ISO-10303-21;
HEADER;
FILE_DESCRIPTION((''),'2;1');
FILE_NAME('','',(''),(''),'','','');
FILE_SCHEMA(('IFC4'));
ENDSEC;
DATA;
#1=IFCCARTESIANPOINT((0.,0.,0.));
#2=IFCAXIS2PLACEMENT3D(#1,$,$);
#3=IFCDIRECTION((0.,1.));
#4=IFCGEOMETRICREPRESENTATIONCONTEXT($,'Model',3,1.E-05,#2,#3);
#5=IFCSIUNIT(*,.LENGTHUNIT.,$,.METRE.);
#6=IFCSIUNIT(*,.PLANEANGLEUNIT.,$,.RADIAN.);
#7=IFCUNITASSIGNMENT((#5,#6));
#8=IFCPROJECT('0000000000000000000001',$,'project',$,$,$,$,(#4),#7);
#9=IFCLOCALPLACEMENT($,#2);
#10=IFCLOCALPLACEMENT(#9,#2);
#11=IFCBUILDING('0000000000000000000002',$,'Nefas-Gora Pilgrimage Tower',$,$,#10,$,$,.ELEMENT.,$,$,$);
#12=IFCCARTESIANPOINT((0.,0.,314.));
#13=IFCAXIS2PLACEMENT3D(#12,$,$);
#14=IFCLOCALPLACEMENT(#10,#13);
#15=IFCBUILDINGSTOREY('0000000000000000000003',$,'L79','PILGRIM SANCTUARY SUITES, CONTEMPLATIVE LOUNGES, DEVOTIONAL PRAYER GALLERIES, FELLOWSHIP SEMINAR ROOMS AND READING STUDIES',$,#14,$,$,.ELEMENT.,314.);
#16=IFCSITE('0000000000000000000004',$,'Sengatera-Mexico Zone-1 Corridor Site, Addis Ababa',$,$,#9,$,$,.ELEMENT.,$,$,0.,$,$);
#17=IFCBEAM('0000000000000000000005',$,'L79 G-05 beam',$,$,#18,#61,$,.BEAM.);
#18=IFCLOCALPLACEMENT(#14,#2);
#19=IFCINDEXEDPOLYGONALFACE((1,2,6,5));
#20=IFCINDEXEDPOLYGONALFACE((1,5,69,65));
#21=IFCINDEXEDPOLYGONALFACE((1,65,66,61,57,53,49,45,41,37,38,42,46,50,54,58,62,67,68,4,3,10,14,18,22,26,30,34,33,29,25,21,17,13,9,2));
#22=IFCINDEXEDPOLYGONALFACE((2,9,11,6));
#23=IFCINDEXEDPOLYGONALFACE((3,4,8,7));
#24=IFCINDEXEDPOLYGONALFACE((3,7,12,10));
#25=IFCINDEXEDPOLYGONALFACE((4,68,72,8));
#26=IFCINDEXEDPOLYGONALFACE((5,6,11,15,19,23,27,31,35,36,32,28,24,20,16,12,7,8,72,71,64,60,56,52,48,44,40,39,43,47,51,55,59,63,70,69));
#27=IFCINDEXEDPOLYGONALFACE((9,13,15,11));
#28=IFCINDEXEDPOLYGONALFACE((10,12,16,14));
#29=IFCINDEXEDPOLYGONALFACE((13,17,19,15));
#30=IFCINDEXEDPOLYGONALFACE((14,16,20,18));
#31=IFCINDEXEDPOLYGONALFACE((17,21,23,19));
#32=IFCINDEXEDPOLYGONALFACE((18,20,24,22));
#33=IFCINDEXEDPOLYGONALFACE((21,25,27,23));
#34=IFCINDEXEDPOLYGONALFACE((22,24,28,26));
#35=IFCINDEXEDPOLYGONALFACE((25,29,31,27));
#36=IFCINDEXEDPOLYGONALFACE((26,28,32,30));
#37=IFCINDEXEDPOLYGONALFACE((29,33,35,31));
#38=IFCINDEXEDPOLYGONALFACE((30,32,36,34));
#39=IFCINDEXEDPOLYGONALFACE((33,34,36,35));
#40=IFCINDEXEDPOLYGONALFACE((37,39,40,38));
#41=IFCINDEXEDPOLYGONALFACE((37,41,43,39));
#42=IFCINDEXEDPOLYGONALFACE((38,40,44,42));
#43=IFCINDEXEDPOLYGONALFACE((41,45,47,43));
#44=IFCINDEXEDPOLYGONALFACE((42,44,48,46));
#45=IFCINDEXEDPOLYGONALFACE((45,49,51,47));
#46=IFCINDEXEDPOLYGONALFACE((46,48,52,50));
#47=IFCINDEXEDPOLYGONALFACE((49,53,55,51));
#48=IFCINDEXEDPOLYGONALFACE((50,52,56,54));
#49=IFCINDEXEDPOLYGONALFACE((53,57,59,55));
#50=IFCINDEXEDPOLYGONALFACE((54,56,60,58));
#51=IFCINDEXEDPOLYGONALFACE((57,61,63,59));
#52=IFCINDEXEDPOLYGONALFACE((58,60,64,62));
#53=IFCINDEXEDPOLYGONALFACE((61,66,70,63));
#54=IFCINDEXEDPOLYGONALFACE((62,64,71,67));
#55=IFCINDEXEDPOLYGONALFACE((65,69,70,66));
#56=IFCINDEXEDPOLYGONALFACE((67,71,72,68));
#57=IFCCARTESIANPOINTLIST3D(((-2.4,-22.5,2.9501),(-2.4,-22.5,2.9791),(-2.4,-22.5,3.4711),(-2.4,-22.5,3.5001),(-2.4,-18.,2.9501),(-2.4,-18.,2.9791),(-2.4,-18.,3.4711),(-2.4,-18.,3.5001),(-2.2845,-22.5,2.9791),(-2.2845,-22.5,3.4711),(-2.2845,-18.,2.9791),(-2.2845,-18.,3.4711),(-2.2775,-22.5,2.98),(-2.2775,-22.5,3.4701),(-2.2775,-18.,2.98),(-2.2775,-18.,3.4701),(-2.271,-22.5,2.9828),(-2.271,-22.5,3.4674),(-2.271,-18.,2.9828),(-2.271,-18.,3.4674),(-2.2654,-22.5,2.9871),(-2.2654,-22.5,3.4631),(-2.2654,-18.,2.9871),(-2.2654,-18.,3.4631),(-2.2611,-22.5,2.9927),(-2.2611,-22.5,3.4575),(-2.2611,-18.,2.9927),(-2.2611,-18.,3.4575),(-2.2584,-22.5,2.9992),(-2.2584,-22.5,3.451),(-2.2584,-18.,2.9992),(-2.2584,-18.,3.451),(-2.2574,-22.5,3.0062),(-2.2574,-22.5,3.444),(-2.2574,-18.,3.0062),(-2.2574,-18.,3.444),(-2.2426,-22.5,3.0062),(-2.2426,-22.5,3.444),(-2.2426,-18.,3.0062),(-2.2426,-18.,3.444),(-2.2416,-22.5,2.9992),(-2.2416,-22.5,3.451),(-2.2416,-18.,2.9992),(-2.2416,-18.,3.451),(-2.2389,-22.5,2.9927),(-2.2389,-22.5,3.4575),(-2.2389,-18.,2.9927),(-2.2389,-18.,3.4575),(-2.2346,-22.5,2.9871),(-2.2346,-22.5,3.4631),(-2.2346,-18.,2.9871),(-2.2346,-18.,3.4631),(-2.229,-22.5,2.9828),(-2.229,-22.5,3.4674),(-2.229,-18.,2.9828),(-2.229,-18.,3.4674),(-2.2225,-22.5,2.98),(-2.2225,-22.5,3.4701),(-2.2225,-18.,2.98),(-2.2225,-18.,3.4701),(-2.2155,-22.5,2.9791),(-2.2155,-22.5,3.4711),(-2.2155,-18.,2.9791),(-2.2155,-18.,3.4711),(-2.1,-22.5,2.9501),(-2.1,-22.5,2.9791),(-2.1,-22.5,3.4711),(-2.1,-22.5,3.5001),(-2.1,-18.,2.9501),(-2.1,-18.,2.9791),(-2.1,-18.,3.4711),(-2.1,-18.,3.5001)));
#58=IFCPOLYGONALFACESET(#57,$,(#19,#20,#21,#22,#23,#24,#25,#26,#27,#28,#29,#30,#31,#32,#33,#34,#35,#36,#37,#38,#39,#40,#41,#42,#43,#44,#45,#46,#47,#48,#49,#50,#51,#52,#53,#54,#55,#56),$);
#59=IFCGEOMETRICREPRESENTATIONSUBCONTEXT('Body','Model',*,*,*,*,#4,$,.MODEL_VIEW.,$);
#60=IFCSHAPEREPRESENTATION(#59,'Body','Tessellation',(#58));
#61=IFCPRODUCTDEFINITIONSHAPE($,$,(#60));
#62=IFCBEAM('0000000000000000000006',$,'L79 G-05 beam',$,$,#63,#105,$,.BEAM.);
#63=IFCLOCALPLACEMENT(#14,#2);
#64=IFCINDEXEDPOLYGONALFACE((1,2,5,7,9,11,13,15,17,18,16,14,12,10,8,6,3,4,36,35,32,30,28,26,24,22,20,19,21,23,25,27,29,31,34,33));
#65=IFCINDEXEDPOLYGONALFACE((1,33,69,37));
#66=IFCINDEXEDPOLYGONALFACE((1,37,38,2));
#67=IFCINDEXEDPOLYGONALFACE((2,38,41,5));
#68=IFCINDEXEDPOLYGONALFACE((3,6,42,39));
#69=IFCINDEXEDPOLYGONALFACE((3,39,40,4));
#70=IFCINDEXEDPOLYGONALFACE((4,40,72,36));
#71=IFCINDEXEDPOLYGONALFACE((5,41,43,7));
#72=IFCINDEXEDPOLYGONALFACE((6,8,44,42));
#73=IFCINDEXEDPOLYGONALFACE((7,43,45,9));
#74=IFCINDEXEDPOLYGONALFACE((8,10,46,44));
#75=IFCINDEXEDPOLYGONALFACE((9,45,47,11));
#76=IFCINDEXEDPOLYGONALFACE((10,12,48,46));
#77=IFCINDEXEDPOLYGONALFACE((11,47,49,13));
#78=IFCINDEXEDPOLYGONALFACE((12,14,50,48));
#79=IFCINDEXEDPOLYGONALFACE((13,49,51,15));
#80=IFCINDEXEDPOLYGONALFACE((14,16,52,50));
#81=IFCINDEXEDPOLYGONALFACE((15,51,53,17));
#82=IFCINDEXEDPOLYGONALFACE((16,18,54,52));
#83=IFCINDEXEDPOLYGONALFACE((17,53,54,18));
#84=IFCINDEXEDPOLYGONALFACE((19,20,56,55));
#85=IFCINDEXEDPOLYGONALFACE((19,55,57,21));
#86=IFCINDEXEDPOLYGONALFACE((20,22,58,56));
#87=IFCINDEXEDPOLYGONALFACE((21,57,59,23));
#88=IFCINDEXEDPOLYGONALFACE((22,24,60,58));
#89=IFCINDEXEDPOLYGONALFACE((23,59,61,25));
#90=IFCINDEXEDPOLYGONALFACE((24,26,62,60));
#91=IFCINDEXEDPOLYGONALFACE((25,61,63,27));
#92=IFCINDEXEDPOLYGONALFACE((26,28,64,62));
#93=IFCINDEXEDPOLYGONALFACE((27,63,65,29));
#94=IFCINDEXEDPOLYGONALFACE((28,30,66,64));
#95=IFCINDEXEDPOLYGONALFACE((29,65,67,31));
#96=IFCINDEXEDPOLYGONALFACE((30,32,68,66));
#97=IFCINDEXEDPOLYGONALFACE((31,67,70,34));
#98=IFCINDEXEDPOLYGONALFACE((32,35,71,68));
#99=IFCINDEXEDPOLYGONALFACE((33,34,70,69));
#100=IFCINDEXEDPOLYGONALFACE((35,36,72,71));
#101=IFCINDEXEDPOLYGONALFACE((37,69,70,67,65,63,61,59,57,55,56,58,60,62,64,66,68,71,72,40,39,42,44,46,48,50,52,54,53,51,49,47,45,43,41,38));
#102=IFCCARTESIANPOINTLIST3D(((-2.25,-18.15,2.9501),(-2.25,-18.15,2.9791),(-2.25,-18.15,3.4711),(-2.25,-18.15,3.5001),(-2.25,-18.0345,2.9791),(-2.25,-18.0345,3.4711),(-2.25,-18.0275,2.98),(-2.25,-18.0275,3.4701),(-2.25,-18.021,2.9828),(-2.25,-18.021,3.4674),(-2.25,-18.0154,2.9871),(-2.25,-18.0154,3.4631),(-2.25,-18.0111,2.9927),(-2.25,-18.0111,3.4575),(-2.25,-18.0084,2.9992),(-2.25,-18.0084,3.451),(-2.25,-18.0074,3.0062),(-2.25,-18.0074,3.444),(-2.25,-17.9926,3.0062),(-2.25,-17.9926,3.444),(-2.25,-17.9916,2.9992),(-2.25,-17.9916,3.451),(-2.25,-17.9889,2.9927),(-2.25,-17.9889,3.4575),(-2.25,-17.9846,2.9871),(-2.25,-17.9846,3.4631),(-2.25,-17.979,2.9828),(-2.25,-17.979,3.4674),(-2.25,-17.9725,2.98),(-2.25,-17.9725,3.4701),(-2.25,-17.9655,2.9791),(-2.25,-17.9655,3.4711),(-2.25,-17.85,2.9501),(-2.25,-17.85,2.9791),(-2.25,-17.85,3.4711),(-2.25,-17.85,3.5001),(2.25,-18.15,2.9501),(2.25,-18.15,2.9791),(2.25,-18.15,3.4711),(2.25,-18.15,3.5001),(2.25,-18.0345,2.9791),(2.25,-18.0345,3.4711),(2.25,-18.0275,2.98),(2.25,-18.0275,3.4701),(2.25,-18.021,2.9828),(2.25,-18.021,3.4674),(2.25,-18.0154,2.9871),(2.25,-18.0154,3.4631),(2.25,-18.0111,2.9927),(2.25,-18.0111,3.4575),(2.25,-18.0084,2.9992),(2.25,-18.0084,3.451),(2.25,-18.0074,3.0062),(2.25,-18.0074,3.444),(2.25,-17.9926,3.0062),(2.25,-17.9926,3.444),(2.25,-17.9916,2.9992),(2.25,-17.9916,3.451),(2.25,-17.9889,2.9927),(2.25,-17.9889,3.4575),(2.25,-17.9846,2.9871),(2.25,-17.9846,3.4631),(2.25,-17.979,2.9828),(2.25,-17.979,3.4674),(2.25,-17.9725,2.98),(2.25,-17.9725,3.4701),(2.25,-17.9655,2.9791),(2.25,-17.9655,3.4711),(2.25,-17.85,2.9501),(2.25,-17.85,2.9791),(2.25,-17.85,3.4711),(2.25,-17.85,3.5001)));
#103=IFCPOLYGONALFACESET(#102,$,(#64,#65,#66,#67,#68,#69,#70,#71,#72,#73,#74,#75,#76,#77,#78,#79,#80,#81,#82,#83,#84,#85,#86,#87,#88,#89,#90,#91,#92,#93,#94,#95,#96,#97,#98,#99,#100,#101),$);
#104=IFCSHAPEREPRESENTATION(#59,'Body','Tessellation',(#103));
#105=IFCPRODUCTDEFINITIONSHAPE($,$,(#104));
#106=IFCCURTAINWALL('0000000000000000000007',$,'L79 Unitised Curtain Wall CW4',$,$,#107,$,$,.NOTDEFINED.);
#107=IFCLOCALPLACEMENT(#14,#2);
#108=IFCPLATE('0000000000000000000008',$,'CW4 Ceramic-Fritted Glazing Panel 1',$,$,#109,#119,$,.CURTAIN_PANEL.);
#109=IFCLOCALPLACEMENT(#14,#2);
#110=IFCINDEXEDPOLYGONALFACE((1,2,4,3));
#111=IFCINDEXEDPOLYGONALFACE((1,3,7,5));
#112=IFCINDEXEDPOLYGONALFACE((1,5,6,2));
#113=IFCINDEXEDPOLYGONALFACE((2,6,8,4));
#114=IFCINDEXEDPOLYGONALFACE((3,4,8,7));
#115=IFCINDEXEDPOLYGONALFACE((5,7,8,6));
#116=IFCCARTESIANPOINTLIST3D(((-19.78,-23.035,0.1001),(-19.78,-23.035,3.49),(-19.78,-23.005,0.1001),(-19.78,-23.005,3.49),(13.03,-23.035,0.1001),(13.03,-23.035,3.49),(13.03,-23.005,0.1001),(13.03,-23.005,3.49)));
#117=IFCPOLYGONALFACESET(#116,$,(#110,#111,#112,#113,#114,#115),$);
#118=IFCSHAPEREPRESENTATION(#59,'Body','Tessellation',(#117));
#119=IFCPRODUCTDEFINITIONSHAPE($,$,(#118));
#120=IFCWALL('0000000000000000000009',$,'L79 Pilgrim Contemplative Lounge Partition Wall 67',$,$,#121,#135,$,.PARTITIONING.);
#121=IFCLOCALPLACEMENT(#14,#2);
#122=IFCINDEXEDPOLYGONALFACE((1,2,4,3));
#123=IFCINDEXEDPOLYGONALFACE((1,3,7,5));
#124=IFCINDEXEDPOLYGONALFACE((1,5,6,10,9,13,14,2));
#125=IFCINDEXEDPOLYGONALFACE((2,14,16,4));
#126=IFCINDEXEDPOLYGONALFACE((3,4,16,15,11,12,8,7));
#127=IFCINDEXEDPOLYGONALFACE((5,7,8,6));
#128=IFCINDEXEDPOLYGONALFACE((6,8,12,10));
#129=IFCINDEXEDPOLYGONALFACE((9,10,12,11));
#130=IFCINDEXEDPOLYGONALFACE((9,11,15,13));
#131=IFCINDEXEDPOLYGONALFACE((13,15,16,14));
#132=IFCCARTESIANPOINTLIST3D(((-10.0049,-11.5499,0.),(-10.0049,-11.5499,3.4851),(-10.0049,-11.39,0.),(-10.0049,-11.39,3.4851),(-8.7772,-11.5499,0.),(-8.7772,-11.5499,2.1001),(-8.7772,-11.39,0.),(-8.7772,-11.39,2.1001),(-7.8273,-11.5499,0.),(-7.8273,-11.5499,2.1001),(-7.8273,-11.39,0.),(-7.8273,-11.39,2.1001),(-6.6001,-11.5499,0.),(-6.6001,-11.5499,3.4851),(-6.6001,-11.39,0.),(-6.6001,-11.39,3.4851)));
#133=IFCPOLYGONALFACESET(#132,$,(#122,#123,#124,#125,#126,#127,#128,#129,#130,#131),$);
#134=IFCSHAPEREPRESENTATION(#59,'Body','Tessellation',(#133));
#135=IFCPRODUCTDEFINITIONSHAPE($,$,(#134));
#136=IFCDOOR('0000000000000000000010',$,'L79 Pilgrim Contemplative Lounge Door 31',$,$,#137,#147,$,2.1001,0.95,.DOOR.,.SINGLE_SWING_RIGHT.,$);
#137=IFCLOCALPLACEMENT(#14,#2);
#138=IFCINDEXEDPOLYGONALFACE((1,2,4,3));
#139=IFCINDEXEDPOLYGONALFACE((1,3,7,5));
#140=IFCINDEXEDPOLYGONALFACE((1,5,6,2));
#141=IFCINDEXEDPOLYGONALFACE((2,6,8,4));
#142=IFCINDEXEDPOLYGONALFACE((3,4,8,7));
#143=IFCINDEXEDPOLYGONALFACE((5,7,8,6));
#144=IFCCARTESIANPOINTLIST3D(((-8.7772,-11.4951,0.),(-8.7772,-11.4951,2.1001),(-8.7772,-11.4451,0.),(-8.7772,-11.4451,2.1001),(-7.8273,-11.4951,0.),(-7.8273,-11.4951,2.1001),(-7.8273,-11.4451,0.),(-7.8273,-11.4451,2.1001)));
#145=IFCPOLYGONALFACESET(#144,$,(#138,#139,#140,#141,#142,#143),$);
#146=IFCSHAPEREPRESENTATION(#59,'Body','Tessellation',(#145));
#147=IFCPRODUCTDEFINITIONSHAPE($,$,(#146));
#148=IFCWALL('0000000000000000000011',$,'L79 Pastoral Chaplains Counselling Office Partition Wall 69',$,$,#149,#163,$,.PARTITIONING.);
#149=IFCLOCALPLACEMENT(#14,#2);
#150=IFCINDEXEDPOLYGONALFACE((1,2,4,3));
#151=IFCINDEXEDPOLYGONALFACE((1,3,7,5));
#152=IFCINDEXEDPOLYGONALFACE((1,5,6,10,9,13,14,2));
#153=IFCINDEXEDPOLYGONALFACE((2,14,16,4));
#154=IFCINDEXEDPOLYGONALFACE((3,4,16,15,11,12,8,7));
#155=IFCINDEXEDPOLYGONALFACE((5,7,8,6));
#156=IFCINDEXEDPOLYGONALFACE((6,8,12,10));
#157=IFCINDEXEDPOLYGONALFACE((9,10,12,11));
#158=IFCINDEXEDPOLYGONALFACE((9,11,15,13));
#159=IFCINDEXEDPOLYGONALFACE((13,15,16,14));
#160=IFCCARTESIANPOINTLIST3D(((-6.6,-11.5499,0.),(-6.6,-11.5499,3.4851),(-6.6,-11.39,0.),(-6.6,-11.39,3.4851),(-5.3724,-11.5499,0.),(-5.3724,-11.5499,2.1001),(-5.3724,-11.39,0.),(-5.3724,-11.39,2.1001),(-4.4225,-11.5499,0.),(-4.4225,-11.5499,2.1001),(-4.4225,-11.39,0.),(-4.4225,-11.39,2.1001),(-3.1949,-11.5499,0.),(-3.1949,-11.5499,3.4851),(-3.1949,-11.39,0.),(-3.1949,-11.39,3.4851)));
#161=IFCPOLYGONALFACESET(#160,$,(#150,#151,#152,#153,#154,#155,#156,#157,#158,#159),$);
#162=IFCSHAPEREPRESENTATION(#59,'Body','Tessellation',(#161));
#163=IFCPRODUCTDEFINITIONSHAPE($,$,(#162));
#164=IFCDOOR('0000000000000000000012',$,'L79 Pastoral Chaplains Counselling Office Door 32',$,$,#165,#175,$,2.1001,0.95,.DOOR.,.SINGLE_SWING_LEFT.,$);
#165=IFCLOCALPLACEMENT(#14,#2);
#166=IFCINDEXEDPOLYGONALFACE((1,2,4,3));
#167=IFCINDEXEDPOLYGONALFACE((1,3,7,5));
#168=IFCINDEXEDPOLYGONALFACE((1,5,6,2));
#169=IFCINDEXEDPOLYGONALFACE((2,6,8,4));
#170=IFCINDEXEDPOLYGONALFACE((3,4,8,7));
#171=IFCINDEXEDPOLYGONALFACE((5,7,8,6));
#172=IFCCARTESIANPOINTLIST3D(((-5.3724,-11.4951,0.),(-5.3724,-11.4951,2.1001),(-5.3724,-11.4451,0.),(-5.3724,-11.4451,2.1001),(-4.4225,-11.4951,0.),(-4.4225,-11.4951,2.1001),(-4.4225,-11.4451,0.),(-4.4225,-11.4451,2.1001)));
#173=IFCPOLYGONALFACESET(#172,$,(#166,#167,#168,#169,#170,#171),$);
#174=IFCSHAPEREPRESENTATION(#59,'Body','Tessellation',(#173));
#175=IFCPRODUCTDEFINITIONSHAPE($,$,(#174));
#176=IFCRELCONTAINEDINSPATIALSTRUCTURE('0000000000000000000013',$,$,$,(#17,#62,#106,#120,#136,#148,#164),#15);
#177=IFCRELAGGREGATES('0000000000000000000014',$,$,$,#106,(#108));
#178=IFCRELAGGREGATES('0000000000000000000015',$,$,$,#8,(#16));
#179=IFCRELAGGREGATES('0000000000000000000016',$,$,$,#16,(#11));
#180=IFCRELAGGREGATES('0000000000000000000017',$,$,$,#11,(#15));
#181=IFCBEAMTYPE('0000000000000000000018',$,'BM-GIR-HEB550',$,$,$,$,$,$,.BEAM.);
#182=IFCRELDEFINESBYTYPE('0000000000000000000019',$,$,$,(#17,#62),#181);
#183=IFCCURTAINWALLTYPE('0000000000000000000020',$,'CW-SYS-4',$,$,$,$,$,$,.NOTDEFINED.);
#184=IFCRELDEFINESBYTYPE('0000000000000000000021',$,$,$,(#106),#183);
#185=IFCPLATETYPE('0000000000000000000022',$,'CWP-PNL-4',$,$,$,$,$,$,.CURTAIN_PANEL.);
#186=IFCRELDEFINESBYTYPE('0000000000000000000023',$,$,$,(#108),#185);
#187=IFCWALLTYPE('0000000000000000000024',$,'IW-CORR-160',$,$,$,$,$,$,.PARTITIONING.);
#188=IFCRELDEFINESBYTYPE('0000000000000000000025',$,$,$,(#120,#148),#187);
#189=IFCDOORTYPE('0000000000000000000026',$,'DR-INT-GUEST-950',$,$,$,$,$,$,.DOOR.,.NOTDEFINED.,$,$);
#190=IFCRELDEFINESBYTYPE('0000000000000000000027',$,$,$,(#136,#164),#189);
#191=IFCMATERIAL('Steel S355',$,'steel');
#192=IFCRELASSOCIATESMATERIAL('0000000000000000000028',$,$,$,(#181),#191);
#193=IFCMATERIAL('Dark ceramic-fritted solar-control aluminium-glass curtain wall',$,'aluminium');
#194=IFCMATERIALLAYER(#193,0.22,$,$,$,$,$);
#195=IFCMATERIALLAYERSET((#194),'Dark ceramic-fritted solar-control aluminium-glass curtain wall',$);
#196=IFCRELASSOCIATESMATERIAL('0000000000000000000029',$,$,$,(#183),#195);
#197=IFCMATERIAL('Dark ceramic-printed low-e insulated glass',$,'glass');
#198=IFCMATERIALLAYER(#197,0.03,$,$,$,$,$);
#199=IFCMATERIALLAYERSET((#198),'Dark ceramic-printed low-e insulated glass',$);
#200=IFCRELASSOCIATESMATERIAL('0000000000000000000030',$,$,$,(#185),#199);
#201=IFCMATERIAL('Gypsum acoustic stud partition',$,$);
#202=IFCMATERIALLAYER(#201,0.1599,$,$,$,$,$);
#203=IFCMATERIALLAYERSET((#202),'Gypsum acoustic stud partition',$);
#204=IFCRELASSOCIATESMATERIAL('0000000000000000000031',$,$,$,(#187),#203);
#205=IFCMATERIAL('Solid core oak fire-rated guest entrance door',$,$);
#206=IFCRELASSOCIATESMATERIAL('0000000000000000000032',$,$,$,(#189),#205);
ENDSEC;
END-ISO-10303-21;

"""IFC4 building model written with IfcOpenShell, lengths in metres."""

from ifc_helpers import new_model, si_unit, direction, frame, frame_2d, origin, origin_2d, place, context, subcontext, project, spatial, rectangle, i_section, extrude, source, transform, mapped, material, layer, layer_set, material_profile, profile_set, type_object, element, fill, aggregate, save


model = new_model("IFC4")

# Units and contexts
model_context = context("Model", 3, precision=1e-05, world=origin(), true_north=direction((0.0, 1.0)))
body_context = subcontext(model_context, "Body", "Model", "MODEL_VIEW")
ifc_project = project(units=[si_unit("LENGTHUNIT", "METRE"), si_unit("PLANEANGLEUNIT", "RADIAN")], contexts=[model_context])

# Site, building, storey
site_placement = place(None, origin())
site = spatial("IfcSite", under=ifc_project, at=site_placement, Name="Sengatera-Mexico Zone-1 Corridor Site, Addis Ababa", CompositionType="ELEMENT", RefElevation=0.0)
building_placement = place(site_placement, origin())
building = spatial("IfcBuilding", under=site, at=building_placement, Name="Nefas-Gora Pilgrimage Tower", CompositionType="ELEMENT")
storey_placement = place(building_placement, frame((0.0, 0.0, 314.0)))
storey = spatial("IfcBuildingStorey", under=building, at=storey_placement, Name="L79", Description="PILGRIM SANCTUARY SUITES, CONTEMPLATIVE LOUNGES, DEVOTIONAL PRAYER GALLERIES, FELLOWSHIP SEMINAR ROOMS AND READING STUDIES", CompositionType="ELEMENT", Elevation=314.0)

# Shared definitions
ifc_material_1 = material(Name="Steel S355", Category="steel")

# Beams
ifc_material_profile_1 = material_profile(ifc_material_1, i_section(OverallWidth=0.3, OverallDepth=0.55, WebThickness=0.0149, FlangeThickness=0.0291, FilletRadius=0.0271, at=origin_2d()), Name="HEB 550")
ifc_profile_set_1 = profile_set([ifc_material_profile_1], Name="Steel S355")
beam_type_1 = type_object("IfcBeamType", Name="BM-GIR-HEB550", PredefinedType="BEAM", material=ifc_profile_set_1)
shared_shape_1 = source(origin(), body_context, "Body", "SweptSolid", [
    extrude(i_section(OverallWidth=0.3, OverallDepth=0.55, WebThickness=0.0149, FlangeThickness=0.0291, FilletRadius=0.0271, at=origin_2d()), origin(), (0.0, 0.0, 1.0), 4.5),
])
for number, where, z_axis, x_axis, name in (
    (1, (-2.25, -22.5, 3.2251), (0.0, 1.0, 0.0), (-1.0, 0.0, 0.0), "L79 G-05 beam"),
    (2, (-2.25, -18.0, 3.2251), (1.0, 0.0, 0.0), (0.0, 1.0, 0.0), "L79 G-05 beam"),
):
    element("IfcBeam", number, at=place(storey_placement, frame(where, z_axis=z_axis, x_axis=x_axis)), inside=storey, type_object=beam_type_1, Name=name, PredefinedType="BEAM", context=body_context, shape_type="MappedRepresentation", body=[
        mapped(shared_shape_1, transform((0.0, 0.0, 0.0), x_axis=(1.0, 0.0, 0.0), y_axis=(0.0, 1.0, 0.0), z_axis=(0.0, 0.0, 1.0), scale=1.0)),
    ])

# Curtain wall, plate
ifc_material_2 = material(Name="Dark ceramic-fritted solar-control aluminium-glass curtain wall", Category="aluminium")
ifc_layer_1 = layer(ifc_material_2, 0.22)
ifc_layer_set_1 = layer_set([ifc_layer_1], Name="Dark ceramic-fritted solar-control aluminium-glass curtain wall")
curtain_wall_type = type_object("IfcCurtainWallType", Name="CW-SYS-4", PredefinedType="NOTDEFINED", material=ifc_layer_set_1)
curtain_wall_placement = place(storey_placement, origin())
curtain_wall = element("IfcCurtainWall", 3, at=curtain_wall_placement, inside=storey, type_object=curtain_wall_type, Name="L79 Unitised Curtain Wall CW4", PredefinedType="NOTDEFINED")
ifc_material_3 = material(Name="Dark ceramic-printed low-e insulated glass", Category="glass")
ifc_layer_2 = layer(ifc_material_3, 0.03)
ifc_layer_set_2 = layer_set([ifc_layer_2], Name="Dark ceramic-printed low-e insulated glass")
plate_type = type_object("IfcPlateType", Name="CWP-PNL-4", PredefinedType="CURTAIN_PANEL", material=ifc_layer_set_2)
shared_shape_2 = source(origin(), body_context, "Body", "SweptSolid", [
    extrude(rectangle(XDim=32.8101, YDim=0.03, at=origin_2d()), origin(), (0.0, 0.0, 1.0), 3.3899),
])
plate_placement = place(storey_placement, frame((-3.375, -23.02, 0.1001), z_axis=(0.0, 0.0, 1.0), x_axis=(1.0, 0.0, 0.0)))
plate = element("IfcPlate", 4, at=plate_placement, type_object=plate_type, Name="CW4 Ceramic-Fritted Glazing Panel 1", PredefinedType="CURTAIN_PANEL", context=body_context, shape_type="MappedRepresentation", body=[
    mapped(shared_shape_2, transform((0.0, 0.0, 0.0), x_axis=(1.0, 0.0, 0.0), y_axis=(0.0, 1.0, 0.0), z_axis=(0.0, 0.0, 1.0), scale=1.0)),
])
aggregate(curtain_wall, [plate])

# Walls, openings, doors
ifc_material_4 = material(Name="Gypsum acoustic stud partition")
ifc_layer_3 = layer(ifc_material_4, 0.1599)
ifc_layer_set_3 = layer_set([ifc_layer_3], Name="Gypsum acoustic stud partition")
wall_type_1 = type_object("IfcWallType", Name="IW-CORR-160", PredefinedType="PARTITIONING", material=ifc_layer_set_3)
shared_shape_3 = source(origin(), body_context, "Body", "SweptSolid", [
    extrude(rectangle(XDim=3.4048, YDim=0.1599, at=frame_2d((1.7024, 0.0))), origin(), (0.0, 0.0, 1.0), 3.4851),
])
wall_1_placement = place(storey_placement, frame((-10.0049, -11.47, 0.0), z_axis=(0.0, 0.0, 1.0), x_axis=(1.0, 0.0, 0.0)))
wall_1 = element("IfcWall", 5, at=wall_1_placement, inside=storey, type_object=wall_type_1, Name="L79 Pilgrim Contemplative Lounge Partition Wall 67", PredefinedType="PARTITIONING", context=body_context, shape_type="MappedRepresentation", body=[
    mapped(shared_shape_3, transform((0.0, 0.0, 0.0), x_axis=(1.0, 0.0, 0.0), y_axis=(0.0, 1.0, 0.0), z_axis=(0.0, 0.0, 1.0), scale=1.0)),
])
opening_1_placement = place(wall_1_placement, frame((1.2275, 0.0, 0.0)))
opening_1 = element("IfcOpeningElement", 6, at=opening_1_placement, cuts=wall_1, PredefinedType="OPENING", context=body_context, shape_type="SweptSolid", body=[
    extrude(rectangle(XDim=0.95, YDim=2.1001, at=frame_2d((0.4751, 1.05))), frame((0.0, 0.0898, 0.0), z_axis=(0.0, -1.0, 0.0), x_axis=(1.0, 0.0, 0.0)), (0.0, 0.0, 1.0), 0.1799),
])
ifc_material_5 = material(Name="Solid core oak fire-rated guest entrance door")
door_type_1 = type_object("IfcDoorType", Name="DR-INT-GUEST-950", OperationType="NOTDEFINED", PredefinedType="DOOR", material=ifc_material_5)
shared_shape_4 = source(origin(), body_context, "Body", "SweptSolid", [
    extrude(rectangle(XDim=0.95, YDim=2.1001, at=frame_2d((0.4751, 1.05))), frame((0.0, 0.0249, 0.0), z_axis=(0.0, -1.0, 0.0), x_axis=(1.0, 0.0, 0.0)), (0.0, 0.0, 1.0), 0.05),
])
door_1_placement = place(opening_1_placement, origin())
door_1 = element("IfcDoor", 7, at=door_1_placement, inside=storey, type_object=door_type_1, Name="L79 Pilgrim Contemplative Lounge Door 31", OperationType="SINGLE_SWING_RIGHT", OverallHeight=2.1001, OverallWidth=0.95, PredefinedType="DOOR", context=body_context, shape_type="MappedRepresentation", body=[
    mapped(shared_shape_4, transform((0.0, 0.0, 0.0), x_axis=(1.0, 0.0, 0.0), y_axis=(0.0, 1.0, 0.0), z_axis=(0.0, 0.0, 1.0), scale=1.0)),
])
fill(opening_1, door_1)
shared_shape_5 = source(origin(), body_context, "Body", "SweptSolid", [
    extrude(rectangle(XDim=3.405, YDim=0.1599, at=frame_2d((1.7026, 0.0))), origin(), (0.0, 0.0, 1.0), 3.4851),
])
wall_2_placement = place(storey_placement, frame((-6.6001, -11.47, 0.0), z_axis=(0.0, 0.0, 1.0), x_axis=(1.0, 0.0, 0.0)))
wall_2 = element("IfcWall", 8, at=wall_2_placement, inside=storey, type_object=wall_type_1, Name="L79 Pastoral Chaplains Counselling Office Partition Wall 69", PredefinedType="PARTITIONING", context=body_context, shape_type="MappedRepresentation", body=[
    mapped(shared_shape_5, transform((0.0, 0.0, 0.0), x_axis=(1.0, 0.0, 0.0), y_axis=(0.0, 1.0, 0.0), z_axis=(0.0, 0.0, 1.0), scale=1.0)),
])
opening_2_placement = place(wall_2_placement, frame((1.2275, 0.0, 0.0)))
opening_2 = element("IfcOpeningElement", 9, at=opening_2_placement, cuts=wall_2, PredefinedType="OPENING", context=body_context, shape_type="SweptSolid", body=[
    extrude(rectangle(XDim=0.95, YDim=2.1001, at=frame_2d((0.4751, 1.05))), frame((0.0, 0.0898, 0.0), z_axis=(0.0, -1.0, 0.0), x_axis=(1.0, 0.0, 0.0)), (0.0, 0.0, 1.0), 0.1799),
])
door_2_placement = place(opening_2_placement, origin())
door_2 = element("IfcDoor", 10, at=door_2_placement, inside=storey, type_object=door_type_1, Name="L79 Pastoral Chaplains Counselling Office Door 32", OperationType="SINGLE_SWING_LEFT", OverallHeight=2.1001, OverallWidth=0.95, PredefinedType="DOOR", context=body_context, shape_type="MappedRepresentation", body=[
    mapped(shared_shape_4, transform((0.0, 0.0, 0.0), x_axis=(1.0, 0.0, 0.0), y_axis=(0.0, 1.0, 0.0), z_axis=(0.0, 0.0, 1.0), scale=1.0)),
])
fill(opening_2, door_2)

save(model, "model.ifc")
